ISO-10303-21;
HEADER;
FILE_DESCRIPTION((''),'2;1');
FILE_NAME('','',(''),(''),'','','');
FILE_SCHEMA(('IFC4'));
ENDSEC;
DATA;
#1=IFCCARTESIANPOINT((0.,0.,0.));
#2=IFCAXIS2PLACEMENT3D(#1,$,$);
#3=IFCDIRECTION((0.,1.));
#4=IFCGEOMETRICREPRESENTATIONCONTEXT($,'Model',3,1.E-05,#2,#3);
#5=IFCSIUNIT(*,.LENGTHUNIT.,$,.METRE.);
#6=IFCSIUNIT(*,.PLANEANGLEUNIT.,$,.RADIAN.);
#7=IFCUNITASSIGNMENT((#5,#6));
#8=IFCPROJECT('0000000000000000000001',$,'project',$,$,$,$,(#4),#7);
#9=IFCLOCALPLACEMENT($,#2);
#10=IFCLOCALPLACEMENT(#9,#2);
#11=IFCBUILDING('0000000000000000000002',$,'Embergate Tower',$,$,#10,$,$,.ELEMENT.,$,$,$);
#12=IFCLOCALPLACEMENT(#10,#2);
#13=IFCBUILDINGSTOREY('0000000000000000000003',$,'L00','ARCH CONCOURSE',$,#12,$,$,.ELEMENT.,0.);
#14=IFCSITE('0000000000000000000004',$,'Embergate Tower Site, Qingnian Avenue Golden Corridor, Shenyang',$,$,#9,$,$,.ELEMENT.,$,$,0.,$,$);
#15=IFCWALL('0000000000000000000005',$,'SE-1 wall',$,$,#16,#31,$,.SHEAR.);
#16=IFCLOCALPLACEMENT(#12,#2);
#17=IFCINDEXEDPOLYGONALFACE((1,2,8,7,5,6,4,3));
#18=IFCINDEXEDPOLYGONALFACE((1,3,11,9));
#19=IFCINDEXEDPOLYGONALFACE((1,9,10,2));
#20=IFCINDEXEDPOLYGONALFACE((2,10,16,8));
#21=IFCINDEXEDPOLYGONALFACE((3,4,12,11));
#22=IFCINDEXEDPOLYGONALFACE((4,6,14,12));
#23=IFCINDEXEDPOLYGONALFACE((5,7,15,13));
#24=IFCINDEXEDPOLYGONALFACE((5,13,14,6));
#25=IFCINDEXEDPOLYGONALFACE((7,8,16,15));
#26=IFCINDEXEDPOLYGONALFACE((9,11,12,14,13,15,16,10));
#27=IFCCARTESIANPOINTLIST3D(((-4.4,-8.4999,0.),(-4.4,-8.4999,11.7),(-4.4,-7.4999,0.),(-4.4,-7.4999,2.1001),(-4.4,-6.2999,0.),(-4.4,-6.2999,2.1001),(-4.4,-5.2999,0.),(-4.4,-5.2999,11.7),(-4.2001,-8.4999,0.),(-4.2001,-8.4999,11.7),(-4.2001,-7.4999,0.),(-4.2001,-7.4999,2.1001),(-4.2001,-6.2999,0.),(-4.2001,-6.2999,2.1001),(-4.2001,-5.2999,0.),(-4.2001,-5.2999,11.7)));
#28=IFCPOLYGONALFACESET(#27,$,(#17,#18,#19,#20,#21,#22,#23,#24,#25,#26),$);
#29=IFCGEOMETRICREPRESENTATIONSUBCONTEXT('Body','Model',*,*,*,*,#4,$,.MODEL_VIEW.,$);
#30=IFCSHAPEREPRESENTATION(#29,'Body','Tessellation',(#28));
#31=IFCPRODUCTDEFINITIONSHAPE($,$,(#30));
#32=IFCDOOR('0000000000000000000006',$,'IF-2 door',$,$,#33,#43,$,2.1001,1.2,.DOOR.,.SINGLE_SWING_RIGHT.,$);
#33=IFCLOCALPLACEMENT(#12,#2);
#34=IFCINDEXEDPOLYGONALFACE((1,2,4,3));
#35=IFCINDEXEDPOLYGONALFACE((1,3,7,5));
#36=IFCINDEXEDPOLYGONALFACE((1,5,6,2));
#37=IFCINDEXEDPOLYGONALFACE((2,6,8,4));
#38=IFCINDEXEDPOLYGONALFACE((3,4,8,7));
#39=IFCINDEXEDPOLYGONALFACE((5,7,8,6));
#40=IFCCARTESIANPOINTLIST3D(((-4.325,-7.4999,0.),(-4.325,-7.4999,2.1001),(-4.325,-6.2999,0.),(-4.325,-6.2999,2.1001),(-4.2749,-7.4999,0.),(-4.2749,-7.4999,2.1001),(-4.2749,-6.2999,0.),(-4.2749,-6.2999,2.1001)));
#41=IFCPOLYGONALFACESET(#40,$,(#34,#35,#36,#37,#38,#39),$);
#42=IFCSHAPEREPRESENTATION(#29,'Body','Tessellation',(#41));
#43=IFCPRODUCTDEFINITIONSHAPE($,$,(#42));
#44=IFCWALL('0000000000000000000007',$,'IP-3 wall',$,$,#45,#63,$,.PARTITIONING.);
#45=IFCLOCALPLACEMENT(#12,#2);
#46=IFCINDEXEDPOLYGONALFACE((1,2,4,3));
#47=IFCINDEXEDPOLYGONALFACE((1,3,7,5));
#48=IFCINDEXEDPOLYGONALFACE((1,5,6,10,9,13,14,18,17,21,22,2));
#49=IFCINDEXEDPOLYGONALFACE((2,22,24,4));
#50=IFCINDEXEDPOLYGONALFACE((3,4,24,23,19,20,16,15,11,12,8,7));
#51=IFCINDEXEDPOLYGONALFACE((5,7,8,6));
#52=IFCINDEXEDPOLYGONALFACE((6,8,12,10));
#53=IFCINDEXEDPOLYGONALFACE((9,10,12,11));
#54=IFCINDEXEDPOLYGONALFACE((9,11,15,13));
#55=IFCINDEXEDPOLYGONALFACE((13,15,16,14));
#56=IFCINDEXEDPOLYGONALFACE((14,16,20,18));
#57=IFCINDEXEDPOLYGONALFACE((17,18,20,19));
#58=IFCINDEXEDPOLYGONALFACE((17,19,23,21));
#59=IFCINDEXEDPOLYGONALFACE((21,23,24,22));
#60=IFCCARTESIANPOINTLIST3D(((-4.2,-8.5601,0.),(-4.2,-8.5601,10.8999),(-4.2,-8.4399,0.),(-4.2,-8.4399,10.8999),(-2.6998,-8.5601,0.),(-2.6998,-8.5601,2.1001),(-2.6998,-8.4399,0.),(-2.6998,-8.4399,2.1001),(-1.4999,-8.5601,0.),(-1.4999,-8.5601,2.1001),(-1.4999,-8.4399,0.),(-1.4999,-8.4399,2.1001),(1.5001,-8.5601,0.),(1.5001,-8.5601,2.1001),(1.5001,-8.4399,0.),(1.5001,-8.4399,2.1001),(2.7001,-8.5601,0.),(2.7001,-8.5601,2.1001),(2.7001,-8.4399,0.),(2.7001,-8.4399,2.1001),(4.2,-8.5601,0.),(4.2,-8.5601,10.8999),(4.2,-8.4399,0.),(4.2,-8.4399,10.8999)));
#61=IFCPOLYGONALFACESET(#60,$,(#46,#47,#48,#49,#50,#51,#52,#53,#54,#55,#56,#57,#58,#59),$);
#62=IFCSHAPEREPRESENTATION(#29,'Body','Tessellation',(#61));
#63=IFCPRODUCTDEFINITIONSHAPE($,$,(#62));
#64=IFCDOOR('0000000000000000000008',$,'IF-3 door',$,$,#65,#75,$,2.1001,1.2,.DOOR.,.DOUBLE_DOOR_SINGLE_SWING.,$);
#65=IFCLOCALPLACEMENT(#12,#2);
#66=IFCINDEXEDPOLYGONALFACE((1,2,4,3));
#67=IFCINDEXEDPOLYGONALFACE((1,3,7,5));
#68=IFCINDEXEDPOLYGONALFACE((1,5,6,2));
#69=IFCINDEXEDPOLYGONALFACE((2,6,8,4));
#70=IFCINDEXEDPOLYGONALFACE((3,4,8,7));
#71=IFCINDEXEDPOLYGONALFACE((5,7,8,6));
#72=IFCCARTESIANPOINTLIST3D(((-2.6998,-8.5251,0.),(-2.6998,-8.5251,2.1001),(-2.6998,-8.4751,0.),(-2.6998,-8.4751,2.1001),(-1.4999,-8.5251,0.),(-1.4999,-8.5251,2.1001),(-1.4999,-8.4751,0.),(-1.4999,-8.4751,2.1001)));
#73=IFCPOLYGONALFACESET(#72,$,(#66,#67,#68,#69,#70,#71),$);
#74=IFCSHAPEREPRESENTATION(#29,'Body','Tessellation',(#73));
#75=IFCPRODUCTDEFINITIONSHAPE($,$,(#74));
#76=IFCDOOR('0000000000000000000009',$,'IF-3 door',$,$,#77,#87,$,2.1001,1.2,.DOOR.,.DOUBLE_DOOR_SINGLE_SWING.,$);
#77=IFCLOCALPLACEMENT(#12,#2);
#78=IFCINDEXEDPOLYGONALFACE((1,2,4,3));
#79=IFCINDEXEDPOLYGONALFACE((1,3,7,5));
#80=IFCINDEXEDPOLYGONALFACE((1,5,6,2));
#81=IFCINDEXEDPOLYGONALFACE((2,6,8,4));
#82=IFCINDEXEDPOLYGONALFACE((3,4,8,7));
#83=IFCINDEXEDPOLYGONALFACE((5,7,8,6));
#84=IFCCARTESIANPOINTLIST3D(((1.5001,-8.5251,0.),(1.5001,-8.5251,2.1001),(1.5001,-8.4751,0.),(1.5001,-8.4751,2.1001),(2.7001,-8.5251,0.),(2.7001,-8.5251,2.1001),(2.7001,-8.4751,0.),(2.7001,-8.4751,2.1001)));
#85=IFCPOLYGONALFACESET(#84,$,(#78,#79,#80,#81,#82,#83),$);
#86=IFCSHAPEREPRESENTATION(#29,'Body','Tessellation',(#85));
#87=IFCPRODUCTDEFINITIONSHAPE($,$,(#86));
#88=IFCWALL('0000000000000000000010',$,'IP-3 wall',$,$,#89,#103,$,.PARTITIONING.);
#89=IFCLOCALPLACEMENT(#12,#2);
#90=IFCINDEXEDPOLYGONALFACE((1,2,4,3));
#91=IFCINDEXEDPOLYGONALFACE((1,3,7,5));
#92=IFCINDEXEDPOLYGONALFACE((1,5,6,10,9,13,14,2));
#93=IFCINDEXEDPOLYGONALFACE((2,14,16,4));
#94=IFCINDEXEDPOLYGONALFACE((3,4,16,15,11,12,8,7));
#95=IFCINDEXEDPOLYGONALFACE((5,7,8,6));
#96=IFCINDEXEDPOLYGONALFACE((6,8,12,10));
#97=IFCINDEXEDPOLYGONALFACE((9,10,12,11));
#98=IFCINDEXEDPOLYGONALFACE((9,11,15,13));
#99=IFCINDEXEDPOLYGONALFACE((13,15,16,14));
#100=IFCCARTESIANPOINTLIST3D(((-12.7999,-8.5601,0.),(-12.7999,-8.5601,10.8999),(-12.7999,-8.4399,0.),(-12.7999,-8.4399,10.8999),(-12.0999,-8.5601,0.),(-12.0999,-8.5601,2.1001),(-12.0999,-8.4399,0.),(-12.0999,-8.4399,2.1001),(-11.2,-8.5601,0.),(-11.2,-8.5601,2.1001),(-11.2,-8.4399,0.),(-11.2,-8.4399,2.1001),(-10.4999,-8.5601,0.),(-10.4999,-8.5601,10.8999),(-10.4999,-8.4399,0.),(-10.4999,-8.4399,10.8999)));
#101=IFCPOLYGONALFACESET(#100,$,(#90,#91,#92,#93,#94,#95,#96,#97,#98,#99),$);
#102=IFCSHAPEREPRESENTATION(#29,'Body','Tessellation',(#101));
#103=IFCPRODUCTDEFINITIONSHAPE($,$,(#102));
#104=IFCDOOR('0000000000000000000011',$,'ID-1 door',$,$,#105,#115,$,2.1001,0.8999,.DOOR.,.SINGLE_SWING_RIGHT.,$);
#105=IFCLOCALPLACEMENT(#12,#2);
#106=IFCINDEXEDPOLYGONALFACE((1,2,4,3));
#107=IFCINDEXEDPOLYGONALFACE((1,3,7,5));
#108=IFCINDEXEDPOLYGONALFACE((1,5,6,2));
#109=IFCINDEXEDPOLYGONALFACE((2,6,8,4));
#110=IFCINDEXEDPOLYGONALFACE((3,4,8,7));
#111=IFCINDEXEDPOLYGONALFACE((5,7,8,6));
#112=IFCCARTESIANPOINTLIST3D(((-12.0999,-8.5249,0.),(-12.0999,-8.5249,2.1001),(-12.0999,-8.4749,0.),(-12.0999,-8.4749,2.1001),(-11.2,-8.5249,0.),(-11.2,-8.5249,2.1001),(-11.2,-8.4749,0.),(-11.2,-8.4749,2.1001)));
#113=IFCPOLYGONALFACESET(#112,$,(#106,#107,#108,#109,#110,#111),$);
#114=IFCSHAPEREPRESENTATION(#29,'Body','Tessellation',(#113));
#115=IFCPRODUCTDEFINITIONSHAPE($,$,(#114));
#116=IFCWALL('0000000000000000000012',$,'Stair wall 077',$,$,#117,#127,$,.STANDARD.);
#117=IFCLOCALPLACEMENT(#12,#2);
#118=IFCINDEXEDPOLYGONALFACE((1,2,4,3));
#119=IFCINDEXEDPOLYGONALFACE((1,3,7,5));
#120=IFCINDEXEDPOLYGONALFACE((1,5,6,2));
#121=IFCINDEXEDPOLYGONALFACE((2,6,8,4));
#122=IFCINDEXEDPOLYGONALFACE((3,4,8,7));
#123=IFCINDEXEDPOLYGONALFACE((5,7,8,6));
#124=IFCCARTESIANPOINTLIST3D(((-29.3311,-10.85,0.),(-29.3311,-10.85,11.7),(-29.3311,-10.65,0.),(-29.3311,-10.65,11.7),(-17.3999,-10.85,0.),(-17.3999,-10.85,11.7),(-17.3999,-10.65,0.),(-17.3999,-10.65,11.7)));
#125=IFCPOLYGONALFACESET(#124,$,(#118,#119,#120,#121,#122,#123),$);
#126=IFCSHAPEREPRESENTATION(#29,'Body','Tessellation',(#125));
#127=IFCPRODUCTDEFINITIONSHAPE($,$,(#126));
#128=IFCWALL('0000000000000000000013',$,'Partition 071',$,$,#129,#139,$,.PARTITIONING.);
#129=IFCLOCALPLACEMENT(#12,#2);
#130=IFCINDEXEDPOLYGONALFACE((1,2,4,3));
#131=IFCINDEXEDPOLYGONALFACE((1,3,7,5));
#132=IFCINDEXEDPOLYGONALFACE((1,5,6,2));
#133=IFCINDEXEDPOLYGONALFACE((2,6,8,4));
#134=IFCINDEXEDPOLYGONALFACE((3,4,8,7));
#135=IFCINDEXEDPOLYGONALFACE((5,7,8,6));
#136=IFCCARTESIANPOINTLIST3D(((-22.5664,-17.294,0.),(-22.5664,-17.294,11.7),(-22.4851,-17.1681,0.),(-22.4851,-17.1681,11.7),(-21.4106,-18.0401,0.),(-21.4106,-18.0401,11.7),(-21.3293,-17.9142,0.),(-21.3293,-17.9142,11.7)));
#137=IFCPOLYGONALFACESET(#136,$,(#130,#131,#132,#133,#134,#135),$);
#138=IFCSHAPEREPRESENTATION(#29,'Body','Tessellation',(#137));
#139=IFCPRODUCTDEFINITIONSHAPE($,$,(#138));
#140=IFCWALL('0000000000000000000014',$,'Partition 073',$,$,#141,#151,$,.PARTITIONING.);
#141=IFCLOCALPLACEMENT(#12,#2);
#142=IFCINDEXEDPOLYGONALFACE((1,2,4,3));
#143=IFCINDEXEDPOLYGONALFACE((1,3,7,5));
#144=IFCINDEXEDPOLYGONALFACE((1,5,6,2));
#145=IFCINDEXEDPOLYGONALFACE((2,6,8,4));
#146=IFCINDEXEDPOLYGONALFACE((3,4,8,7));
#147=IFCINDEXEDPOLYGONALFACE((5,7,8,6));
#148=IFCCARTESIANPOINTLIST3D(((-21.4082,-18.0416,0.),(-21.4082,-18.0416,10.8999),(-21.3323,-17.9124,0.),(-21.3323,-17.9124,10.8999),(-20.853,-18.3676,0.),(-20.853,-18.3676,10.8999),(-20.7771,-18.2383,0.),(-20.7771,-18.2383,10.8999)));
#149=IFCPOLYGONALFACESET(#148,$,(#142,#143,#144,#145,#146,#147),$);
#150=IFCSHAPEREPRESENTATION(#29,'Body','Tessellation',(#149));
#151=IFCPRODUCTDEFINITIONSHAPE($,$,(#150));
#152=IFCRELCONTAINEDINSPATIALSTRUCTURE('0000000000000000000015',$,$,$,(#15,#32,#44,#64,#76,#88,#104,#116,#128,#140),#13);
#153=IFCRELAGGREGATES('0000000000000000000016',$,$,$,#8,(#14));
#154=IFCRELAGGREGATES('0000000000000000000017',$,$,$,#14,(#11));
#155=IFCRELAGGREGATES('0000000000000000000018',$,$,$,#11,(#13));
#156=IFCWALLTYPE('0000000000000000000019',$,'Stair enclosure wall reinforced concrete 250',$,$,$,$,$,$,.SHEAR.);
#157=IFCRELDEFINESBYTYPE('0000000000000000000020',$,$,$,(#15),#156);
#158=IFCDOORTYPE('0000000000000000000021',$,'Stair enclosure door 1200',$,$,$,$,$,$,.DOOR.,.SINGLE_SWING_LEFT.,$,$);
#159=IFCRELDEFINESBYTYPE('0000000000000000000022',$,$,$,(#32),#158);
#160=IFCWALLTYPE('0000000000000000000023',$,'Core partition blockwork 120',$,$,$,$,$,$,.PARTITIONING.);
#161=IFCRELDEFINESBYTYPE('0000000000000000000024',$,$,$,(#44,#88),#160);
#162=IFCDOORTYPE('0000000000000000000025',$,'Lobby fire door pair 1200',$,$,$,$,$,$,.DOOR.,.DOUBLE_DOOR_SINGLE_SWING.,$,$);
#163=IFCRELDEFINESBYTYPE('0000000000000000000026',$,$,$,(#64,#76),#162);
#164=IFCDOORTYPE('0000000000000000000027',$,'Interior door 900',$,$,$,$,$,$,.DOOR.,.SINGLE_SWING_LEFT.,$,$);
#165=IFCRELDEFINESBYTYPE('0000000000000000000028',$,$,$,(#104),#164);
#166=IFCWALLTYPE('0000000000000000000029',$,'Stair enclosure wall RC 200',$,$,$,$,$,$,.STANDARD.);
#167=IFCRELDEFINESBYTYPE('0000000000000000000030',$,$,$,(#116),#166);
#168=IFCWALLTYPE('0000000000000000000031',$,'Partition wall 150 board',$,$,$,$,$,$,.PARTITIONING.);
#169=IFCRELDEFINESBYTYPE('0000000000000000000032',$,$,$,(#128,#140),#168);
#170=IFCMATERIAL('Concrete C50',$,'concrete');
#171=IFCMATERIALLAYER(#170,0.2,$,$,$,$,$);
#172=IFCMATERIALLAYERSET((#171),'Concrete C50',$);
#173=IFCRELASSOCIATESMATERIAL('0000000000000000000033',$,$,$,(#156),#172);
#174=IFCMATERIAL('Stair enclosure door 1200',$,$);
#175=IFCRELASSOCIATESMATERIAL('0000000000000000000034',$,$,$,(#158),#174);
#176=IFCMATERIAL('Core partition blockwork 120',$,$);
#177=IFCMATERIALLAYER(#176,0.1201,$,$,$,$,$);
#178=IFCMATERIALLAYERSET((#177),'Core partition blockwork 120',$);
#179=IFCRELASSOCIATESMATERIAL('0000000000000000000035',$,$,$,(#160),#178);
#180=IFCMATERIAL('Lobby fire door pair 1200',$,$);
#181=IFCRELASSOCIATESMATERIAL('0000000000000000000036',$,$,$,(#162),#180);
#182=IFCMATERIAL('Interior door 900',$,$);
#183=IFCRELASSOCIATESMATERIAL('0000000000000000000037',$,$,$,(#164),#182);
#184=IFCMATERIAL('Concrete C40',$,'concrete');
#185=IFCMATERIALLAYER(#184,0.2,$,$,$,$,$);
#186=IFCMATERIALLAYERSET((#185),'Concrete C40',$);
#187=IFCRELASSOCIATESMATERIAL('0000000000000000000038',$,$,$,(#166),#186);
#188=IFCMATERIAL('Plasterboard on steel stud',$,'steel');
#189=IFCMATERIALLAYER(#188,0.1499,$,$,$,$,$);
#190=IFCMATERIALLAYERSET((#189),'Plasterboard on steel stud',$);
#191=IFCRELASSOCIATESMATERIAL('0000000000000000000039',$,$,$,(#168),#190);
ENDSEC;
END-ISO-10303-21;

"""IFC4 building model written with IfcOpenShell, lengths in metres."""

from ifc_helpers import new_model, si_unit, direction, frame, frame_2d, origin, place, context, subcontext, project, spatial, rectangle, extrude, source, transform, mapped, material, layer, layer_set, type_object, element, fill, save


model = new_model("IFC4")

# Units and contexts
model_context = context("Model", 3, precision=1e-05, world=origin(), true_north=direction((0.0, 1.0)))
body_context = subcontext(model_context, "Body", "Model", "MODEL_VIEW")
ifc_project = project(units=[si_unit("LENGTHUNIT", "METRE"), si_unit("PLANEANGLEUNIT", "RADIAN")], contexts=[model_context])

# Site, building, storey
site_placement = place(None, origin())
site = spatial("IfcSite", under=ifc_project, at=site_placement, Name="Embergate Tower Site, Qingnian Avenue Golden Corridor, Shenyang", CompositionType="ELEMENT", RefElevation=0.0)
building_placement = place(site_placement, origin())
building = spatial("IfcBuilding", under=site, at=building_placement, Name="Embergate Tower", CompositionType="ELEMENT")
storey_placement = place(building_placement, origin())
storey = spatial("IfcBuildingStorey", under=building, at=storey_placement, Name="L00", Description="ARCH CONCOURSE", CompositionType="ELEMENT", Elevation=0.0)

# Shared definitions
ifc_material_1 = material(Name="Concrete C40", Category="concrete")

# Shared definitions
shared_shape_1 = source(origin(), body_context, "Body", "SweptSolid", [
    extrude(rectangle(XDim=1.2, YDim=2.1001, at=frame_2d((0.6001, 1.05))), frame((0.0, 0.0249, 0.0), z_axis=(0.0, -1.0, 0.0), x_axis=(1.0, 0.0, 0.0)), (0.0, 0.0, 1.0), 0.05),
])

# Wall, opening, door
ifc_material_2 = material(Name="Concrete C50", Category="concrete")
ifc_layer_1 = layer(ifc_material_2, 0.2)
ifc_layer_set_1 = layer_set([ifc_layer_1], Name="Concrete C50")
wall_type_1 = type_object("IfcWallType", Name="Stair enclosure wall reinforced concrete 250", PredefinedType="SHEAR", material=ifc_layer_set_1)
shared_shape_2 = source(origin(), body_context, "Body", "SweptSolid", [
    extrude(rectangle(XDim=3.2, YDim=0.2, at=frame_2d((1.6001, 0.0))), origin(), (0.0, 0.0, 1.0), 11.7),
])
wall_1_placement = place(storey_placement, frame((-4.3, -8.5, 0.0), z_axis=(0.0, 0.0, 1.0), x_axis=(0.0, 1.0, 0.0)))
wall_1 = element("IfcWall", 1, at=wall_1_placement, inside=storey, type_object=wall_type_1, Name="SE-1 wall", PredefinedType="SHEAR", context=body_context, shape_type="MappedRepresentation", body=[
    mapped(shared_shape_2, transform((0.0, 0.0, 0.0))),
])
shared_shape_3 = source(origin(), body_context, "Body", "SweptSolid", [
    extrude(rectangle(XDim=1.2, YDim=2.1001, at=frame_2d((0.6001, 1.05))), frame((0.0, 0.1099, 0.0), z_axis=(0.0, -1.0, 0.0), x_axis=(1.0, 0.0, 0.0)), (0.0, 0.0, 1.0), 0.22),
])
opening_1_placement = place(wall_1_placement, frame((1.0, 0.0, 0.0)))
opening_1 = element("IfcOpeningElement", 2, at=opening_1_placement, cuts=wall_1, PredefinedType="OPENING", context=body_context, shape_type="MappedRepresentation", body=[
    mapped(shared_shape_3, transform((0.0, 0.0, 0.0))),
])
ifc_material_3 = material(Name="Stair enclosure door 1200")
door_type_1 = type_object("IfcDoorType", Name="Stair enclosure door 1200", OperationType="SINGLE_SWING_LEFT", PredefinedType="DOOR", material=ifc_material_3)
door_1_placement = place(opening_1_placement, origin())
door_1 = element("IfcDoor", 3, at=door_1_placement, inside=storey, type_object=door_type_1, Name="IF-2 door", OperationType="SINGLE_SWING_RIGHT", OverallHeight=2.1001, OverallWidth=1.2, PredefinedType="DOOR", context=body_context, shape_type="MappedRepresentation", body=[
    mapped(shared_shape_1, transform((0.0, 0.0, 0.0))),
])
fill(opening_1, door_1)

# Wall, openings, doors
ifc_material_4 = material(Name="Core partition blockwork 120")
ifc_layer_2 = layer(ifc_material_4, 0.1201)
ifc_layer_set_2 = layer_set([ifc_layer_2], Name="Core partition blockwork 120")
wall_type_2 = type_object("IfcWallType", Name="Core partition blockwork 120", PredefinedType="PARTITIONING", material=ifc_layer_set_2)
shared_shape_4 = source(origin(), body_context, "Body", "SweptSolid", [
    extrude(rectangle(XDim=8.3999, YDim=0.1201, at=frame_2d((4.2, 0.0))), origin(), (0.0, 0.0, 1.0), 10.8999),
])
wall_2_placement = place(storey_placement, frame((-4.2, -8.5, 0.0), z_axis=(0.0, 0.0, 1.0), x_axis=(1.0, 0.0, 0.0)))
wall_2 = element("IfcWall", 4, at=wall_2_placement, inside=storey, type_object=wall_type_2, Name="IP-3 wall", PredefinedType="PARTITIONING", context=body_context, shape_type="MappedRepresentation", body=[
    mapped(shared_shape_4, transform((0.0, 0.0, 0.0))),
])
shared_shape_5 = source(origin(), body_context, "Body", "SweptSolid", [
    extrude(rectangle(XDim=1.2, YDim=2.1001, at=frame_2d((0.6001, 1.05))), frame((0.0, 0.0701, 0.0), z_axis=(0.0, -1.0, 0.0), x_axis=(1.0, 0.0, 0.0)), (0.0, 0.0, 1.0), 0.1401),
])
opening_2_placement = place(wall_2_placement, frame((1.5, 0.0, 0.0)))
opening_2 = element("IfcOpeningElement", 5, at=opening_2_placement, cuts=wall_2, PredefinedType="OPENING", context=body_context, shape_type="MappedRepresentation", body=[
    mapped(shared_shape_5, transform((0.0, 0.0, 0.0))),
])
opening_3_placement = place(wall_2_placement, frame((5.7, 0.0, 0.0)))
opening_3 = element("IfcOpeningElement", 6, at=opening_3_placement, cuts=wall_2, PredefinedType="OPENING", context=body_context, shape_type="MappedRepresentation", body=[
    mapped(shared_shape_5, transform((0.0, 0.0, 0.0))),
])
ifc_material_5 = material(Name="Lobby fire door pair 1200")
door_type_2 = type_object("IfcDoorType", Name="Lobby fire door pair 1200", OperationType="DOUBLE_DOOR_SINGLE_SWING", PredefinedType="DOOR", material=ifc_material_5)
door_2_placement = place(opening_2_placement, origin())
door_2 = element("IfcDoor", 7, at=door_2_placement, inside=storey, type_object=door_type_2, Name="IF-3 door", OperationType="DOUBLE_DOOR_SINGLE_SWING", OverallHeight=2.1001, OverallWidth=1.2, PredefinedType="DOOR", context=body_context, shape_type="MappedRepresentation", body=[
    mapped(shared_shape_1, transform((0.0, 0.0, 0.0))),
])
fill(opening_2, door_2)
door_3_placement = place(opening_3_placement, origin())
door_3 = element("IfcDoor", 8, at=door_3_placement, inside=storey, type_object=door_type_2, Name="IF-3 door", OperationType="DOUBLE_DOOR_SINGLE_SWING", OverallHeight=2.1001, OverallWidth=1.2, PredefinedType="DOOR", context=body_context, shape_type="MappedRepresentation", body=[
    mapped(shared_shape_1, transform((0.0, 0.0, 0.0))),
])
fill(opening_3, door_3)

# Wall, opening, door
shared_shape_6 = source(origin(), body_context, "Body", "SweptSolid", [
    extrude(rectangle(XDim=2.3, YDim=0.1201, at=frame_2d((1.1499, 0.0))), origin(), (0.0, 0.0, 1.0), 10.8999),
])
wall_3_placement = place(storey_placement, frame((-10.5, -8.5, 0.0), z_axis=(0.0, 0.0, 1.0), x_axis=(-1.0, 0.0, 0.0)))
wall_3 = element("IfcWall", 9, at=wall_3_placement, inside=storey, type_object=wall_type_2, Name="IP-3 wall", PredefinedType="PARTITIONING", context=body_context, shape_type="MappedRepresentation", body=[
    mapped(shared_shape_6, transform((0.0, 0.0, 0.0))),
])
shared_shape_7 = source(origin(), body_context, "Body", "SweptSolid", [
    extrude(rectangle(XDim=0.8999, YDim=2.1001, at=frame_2d((0.45, 1.05))), frame((0.0, 0.0701, 0.0), z_axis=(0.0, -1.0, 0.0), x_axis=(1.0, 0.0, 0.0)), (0.0, 0.0, 1.0), 0.1401),
])
opening_4_placement = place(wall_3_placement, frame((0.7, 0.0, 0.0)))
opening_4 = element("IfcOpeningElement", 10, at=opening_4_placement, cuts=wall_3, PredefinedType="OPENING", context=body_context, shape_type="MappedRepresentation", body=[
    mapped(shared_shape_7, transform((0.0, 0.0, 0.0))),
])
ifc_material_6 = material(Name="Interior door 900")
door_type_3 = type_object("IfcDoorType", Name="Interior door 900", OperationType="SINGLE_SWING_LEFT", PredefinedType="DOOR", material=ifc_material_6)
shared_shape_8 = source(origin(), body_context, "Body", "SweptSolid", [
    extrude(rectangle(XDim=0.8999, YDim=2.1001, at=frame_2d((0.45, 1.05))), frame((0.0, 0.0249, 0.0), z_axis=(0.0, -1.0, 0.0), x_axis=(1.0, 0.0, 0.0)), (0.0, 0.0, 1.0), 0.05),
])
door_4_placement = place(opening_4_placement, origin())
door_4 = element("IfcDoor", 11, at=door_4_placement, inside=storey, type_object=door_type_3, Name="ID-1 door", OperationType="SINGLE_SWING_RIGHT", OverallHeight=2.1001, OverallWidth=0.8999, PredefinedType="DOOR", context=body_context, shape_type="MappedRepresentation", body=[
    mapped(shared_shape_8, transform((0.0, 0.0, 0.0))),
])
fill(opening_4, door_4)

# Walls
ifc_layer_3 = layer(ifc_material_1, 0.2)
ifc_layer_set_3 = layer_set([ifc_layer_3], Name="Concrete C40")
wall_type_3 = type_object("IfcWallType", Name="Stair enclosure wall RC 200", PredefinedType="STANDARD", material=ifc_layer_set_3)
shared_shape_9 = source(origin(), body_context, "Body", "SweptSolid", [
    extrude(rectangle(XDim=11.9312, YDim=0.2, at=frame_2d((5.9656, 0.0))), origin(), (0.0, 0.0, 1.0), 11.7),
])
wall_4_placement = place(storey_placement, frame((-17.3999, -10.75, 0.0), z_axis=(0.0, 0.0, 1.0), x_axis=(-1.0, 0.0, 0.0)))
element("IfcWall", 12, at=wall_4_placement, inside=storey, type_object=wall_type_3, Name="Stair wall 077", PredefinedType="STANDARD", context=body_context, shape_type="MappedRepresentation", body=[
    mapped(shared_shape_9, transform((0.0, 0.0, 0.0))),
])
ifc_material_7 = material(Name="Plasterboard on steel stud", Category="steel")
ifc_layer_4 = layer(ifc_material_7, 0.1499)
ifc_layer_set_4 = layer_set([ifc_layer_4], Name="Plasterboard on steel stud")
wall_type_4 = type_object("IfcWallType", Name="Partition wall 150 board", PredefinedType="PARTITIONING", material=ifc_layer_set_4)
shared_shape_10 = source(origin(), body_context, "Body", "SweptSolid", [
    extrude(rectangle(XDim=1.3757, YDim=0.1499, at=frame_2d((0.688, 0.0))), origin(), (0.0, 0.0, 1.0), 11.7),
])
wall_5_placement = place(storey_placement, frame((-22.5259, -17.231, 0.0), z_axis=(0.0, 0.0, 1.0), x_axis=(0.840151, -0.542353, 0.0)))
element("IfcWall", 13, at=wall_5_placement, inside=storey, type_object=wall_type_4, Name="Partition 071", PredefinedType="PARTITIONING", context=body_context, shape_type="MappedRepresentation", body=[
    mapped(shared_shape_10, transform((0.0, 0.0, 0.0))),
])
shared_shape_11 = source(origin(), body_context, "Body", "SweptSolid", [
    extrude(rectangle(XDim=0.6438, YDim=0.1499, at=frame_2d((0.3218, 0.0))), origin(), (0.0, 0.0, 1.0), 10.8999),
])
wall_6_placement = place(storey_placement, frame((-21.3701, -17.9771, 0.0), z_axis=(0.0, 0.0, 1.0), x_axis=(0.862373, -0.506274, 0.0)))
element("IfcWall", 14, at=wall_6_placement, inside=storey, type_object=wall_type_4, Name="Partition 073", PredefinedType="PARTITIONING", context=body_context, shape_type="MappedRepresentation", body=[
    mapped(shared_shape_11, transform((0.0, 0.0, 0.0))),
])

save(model, "model.ifc")
